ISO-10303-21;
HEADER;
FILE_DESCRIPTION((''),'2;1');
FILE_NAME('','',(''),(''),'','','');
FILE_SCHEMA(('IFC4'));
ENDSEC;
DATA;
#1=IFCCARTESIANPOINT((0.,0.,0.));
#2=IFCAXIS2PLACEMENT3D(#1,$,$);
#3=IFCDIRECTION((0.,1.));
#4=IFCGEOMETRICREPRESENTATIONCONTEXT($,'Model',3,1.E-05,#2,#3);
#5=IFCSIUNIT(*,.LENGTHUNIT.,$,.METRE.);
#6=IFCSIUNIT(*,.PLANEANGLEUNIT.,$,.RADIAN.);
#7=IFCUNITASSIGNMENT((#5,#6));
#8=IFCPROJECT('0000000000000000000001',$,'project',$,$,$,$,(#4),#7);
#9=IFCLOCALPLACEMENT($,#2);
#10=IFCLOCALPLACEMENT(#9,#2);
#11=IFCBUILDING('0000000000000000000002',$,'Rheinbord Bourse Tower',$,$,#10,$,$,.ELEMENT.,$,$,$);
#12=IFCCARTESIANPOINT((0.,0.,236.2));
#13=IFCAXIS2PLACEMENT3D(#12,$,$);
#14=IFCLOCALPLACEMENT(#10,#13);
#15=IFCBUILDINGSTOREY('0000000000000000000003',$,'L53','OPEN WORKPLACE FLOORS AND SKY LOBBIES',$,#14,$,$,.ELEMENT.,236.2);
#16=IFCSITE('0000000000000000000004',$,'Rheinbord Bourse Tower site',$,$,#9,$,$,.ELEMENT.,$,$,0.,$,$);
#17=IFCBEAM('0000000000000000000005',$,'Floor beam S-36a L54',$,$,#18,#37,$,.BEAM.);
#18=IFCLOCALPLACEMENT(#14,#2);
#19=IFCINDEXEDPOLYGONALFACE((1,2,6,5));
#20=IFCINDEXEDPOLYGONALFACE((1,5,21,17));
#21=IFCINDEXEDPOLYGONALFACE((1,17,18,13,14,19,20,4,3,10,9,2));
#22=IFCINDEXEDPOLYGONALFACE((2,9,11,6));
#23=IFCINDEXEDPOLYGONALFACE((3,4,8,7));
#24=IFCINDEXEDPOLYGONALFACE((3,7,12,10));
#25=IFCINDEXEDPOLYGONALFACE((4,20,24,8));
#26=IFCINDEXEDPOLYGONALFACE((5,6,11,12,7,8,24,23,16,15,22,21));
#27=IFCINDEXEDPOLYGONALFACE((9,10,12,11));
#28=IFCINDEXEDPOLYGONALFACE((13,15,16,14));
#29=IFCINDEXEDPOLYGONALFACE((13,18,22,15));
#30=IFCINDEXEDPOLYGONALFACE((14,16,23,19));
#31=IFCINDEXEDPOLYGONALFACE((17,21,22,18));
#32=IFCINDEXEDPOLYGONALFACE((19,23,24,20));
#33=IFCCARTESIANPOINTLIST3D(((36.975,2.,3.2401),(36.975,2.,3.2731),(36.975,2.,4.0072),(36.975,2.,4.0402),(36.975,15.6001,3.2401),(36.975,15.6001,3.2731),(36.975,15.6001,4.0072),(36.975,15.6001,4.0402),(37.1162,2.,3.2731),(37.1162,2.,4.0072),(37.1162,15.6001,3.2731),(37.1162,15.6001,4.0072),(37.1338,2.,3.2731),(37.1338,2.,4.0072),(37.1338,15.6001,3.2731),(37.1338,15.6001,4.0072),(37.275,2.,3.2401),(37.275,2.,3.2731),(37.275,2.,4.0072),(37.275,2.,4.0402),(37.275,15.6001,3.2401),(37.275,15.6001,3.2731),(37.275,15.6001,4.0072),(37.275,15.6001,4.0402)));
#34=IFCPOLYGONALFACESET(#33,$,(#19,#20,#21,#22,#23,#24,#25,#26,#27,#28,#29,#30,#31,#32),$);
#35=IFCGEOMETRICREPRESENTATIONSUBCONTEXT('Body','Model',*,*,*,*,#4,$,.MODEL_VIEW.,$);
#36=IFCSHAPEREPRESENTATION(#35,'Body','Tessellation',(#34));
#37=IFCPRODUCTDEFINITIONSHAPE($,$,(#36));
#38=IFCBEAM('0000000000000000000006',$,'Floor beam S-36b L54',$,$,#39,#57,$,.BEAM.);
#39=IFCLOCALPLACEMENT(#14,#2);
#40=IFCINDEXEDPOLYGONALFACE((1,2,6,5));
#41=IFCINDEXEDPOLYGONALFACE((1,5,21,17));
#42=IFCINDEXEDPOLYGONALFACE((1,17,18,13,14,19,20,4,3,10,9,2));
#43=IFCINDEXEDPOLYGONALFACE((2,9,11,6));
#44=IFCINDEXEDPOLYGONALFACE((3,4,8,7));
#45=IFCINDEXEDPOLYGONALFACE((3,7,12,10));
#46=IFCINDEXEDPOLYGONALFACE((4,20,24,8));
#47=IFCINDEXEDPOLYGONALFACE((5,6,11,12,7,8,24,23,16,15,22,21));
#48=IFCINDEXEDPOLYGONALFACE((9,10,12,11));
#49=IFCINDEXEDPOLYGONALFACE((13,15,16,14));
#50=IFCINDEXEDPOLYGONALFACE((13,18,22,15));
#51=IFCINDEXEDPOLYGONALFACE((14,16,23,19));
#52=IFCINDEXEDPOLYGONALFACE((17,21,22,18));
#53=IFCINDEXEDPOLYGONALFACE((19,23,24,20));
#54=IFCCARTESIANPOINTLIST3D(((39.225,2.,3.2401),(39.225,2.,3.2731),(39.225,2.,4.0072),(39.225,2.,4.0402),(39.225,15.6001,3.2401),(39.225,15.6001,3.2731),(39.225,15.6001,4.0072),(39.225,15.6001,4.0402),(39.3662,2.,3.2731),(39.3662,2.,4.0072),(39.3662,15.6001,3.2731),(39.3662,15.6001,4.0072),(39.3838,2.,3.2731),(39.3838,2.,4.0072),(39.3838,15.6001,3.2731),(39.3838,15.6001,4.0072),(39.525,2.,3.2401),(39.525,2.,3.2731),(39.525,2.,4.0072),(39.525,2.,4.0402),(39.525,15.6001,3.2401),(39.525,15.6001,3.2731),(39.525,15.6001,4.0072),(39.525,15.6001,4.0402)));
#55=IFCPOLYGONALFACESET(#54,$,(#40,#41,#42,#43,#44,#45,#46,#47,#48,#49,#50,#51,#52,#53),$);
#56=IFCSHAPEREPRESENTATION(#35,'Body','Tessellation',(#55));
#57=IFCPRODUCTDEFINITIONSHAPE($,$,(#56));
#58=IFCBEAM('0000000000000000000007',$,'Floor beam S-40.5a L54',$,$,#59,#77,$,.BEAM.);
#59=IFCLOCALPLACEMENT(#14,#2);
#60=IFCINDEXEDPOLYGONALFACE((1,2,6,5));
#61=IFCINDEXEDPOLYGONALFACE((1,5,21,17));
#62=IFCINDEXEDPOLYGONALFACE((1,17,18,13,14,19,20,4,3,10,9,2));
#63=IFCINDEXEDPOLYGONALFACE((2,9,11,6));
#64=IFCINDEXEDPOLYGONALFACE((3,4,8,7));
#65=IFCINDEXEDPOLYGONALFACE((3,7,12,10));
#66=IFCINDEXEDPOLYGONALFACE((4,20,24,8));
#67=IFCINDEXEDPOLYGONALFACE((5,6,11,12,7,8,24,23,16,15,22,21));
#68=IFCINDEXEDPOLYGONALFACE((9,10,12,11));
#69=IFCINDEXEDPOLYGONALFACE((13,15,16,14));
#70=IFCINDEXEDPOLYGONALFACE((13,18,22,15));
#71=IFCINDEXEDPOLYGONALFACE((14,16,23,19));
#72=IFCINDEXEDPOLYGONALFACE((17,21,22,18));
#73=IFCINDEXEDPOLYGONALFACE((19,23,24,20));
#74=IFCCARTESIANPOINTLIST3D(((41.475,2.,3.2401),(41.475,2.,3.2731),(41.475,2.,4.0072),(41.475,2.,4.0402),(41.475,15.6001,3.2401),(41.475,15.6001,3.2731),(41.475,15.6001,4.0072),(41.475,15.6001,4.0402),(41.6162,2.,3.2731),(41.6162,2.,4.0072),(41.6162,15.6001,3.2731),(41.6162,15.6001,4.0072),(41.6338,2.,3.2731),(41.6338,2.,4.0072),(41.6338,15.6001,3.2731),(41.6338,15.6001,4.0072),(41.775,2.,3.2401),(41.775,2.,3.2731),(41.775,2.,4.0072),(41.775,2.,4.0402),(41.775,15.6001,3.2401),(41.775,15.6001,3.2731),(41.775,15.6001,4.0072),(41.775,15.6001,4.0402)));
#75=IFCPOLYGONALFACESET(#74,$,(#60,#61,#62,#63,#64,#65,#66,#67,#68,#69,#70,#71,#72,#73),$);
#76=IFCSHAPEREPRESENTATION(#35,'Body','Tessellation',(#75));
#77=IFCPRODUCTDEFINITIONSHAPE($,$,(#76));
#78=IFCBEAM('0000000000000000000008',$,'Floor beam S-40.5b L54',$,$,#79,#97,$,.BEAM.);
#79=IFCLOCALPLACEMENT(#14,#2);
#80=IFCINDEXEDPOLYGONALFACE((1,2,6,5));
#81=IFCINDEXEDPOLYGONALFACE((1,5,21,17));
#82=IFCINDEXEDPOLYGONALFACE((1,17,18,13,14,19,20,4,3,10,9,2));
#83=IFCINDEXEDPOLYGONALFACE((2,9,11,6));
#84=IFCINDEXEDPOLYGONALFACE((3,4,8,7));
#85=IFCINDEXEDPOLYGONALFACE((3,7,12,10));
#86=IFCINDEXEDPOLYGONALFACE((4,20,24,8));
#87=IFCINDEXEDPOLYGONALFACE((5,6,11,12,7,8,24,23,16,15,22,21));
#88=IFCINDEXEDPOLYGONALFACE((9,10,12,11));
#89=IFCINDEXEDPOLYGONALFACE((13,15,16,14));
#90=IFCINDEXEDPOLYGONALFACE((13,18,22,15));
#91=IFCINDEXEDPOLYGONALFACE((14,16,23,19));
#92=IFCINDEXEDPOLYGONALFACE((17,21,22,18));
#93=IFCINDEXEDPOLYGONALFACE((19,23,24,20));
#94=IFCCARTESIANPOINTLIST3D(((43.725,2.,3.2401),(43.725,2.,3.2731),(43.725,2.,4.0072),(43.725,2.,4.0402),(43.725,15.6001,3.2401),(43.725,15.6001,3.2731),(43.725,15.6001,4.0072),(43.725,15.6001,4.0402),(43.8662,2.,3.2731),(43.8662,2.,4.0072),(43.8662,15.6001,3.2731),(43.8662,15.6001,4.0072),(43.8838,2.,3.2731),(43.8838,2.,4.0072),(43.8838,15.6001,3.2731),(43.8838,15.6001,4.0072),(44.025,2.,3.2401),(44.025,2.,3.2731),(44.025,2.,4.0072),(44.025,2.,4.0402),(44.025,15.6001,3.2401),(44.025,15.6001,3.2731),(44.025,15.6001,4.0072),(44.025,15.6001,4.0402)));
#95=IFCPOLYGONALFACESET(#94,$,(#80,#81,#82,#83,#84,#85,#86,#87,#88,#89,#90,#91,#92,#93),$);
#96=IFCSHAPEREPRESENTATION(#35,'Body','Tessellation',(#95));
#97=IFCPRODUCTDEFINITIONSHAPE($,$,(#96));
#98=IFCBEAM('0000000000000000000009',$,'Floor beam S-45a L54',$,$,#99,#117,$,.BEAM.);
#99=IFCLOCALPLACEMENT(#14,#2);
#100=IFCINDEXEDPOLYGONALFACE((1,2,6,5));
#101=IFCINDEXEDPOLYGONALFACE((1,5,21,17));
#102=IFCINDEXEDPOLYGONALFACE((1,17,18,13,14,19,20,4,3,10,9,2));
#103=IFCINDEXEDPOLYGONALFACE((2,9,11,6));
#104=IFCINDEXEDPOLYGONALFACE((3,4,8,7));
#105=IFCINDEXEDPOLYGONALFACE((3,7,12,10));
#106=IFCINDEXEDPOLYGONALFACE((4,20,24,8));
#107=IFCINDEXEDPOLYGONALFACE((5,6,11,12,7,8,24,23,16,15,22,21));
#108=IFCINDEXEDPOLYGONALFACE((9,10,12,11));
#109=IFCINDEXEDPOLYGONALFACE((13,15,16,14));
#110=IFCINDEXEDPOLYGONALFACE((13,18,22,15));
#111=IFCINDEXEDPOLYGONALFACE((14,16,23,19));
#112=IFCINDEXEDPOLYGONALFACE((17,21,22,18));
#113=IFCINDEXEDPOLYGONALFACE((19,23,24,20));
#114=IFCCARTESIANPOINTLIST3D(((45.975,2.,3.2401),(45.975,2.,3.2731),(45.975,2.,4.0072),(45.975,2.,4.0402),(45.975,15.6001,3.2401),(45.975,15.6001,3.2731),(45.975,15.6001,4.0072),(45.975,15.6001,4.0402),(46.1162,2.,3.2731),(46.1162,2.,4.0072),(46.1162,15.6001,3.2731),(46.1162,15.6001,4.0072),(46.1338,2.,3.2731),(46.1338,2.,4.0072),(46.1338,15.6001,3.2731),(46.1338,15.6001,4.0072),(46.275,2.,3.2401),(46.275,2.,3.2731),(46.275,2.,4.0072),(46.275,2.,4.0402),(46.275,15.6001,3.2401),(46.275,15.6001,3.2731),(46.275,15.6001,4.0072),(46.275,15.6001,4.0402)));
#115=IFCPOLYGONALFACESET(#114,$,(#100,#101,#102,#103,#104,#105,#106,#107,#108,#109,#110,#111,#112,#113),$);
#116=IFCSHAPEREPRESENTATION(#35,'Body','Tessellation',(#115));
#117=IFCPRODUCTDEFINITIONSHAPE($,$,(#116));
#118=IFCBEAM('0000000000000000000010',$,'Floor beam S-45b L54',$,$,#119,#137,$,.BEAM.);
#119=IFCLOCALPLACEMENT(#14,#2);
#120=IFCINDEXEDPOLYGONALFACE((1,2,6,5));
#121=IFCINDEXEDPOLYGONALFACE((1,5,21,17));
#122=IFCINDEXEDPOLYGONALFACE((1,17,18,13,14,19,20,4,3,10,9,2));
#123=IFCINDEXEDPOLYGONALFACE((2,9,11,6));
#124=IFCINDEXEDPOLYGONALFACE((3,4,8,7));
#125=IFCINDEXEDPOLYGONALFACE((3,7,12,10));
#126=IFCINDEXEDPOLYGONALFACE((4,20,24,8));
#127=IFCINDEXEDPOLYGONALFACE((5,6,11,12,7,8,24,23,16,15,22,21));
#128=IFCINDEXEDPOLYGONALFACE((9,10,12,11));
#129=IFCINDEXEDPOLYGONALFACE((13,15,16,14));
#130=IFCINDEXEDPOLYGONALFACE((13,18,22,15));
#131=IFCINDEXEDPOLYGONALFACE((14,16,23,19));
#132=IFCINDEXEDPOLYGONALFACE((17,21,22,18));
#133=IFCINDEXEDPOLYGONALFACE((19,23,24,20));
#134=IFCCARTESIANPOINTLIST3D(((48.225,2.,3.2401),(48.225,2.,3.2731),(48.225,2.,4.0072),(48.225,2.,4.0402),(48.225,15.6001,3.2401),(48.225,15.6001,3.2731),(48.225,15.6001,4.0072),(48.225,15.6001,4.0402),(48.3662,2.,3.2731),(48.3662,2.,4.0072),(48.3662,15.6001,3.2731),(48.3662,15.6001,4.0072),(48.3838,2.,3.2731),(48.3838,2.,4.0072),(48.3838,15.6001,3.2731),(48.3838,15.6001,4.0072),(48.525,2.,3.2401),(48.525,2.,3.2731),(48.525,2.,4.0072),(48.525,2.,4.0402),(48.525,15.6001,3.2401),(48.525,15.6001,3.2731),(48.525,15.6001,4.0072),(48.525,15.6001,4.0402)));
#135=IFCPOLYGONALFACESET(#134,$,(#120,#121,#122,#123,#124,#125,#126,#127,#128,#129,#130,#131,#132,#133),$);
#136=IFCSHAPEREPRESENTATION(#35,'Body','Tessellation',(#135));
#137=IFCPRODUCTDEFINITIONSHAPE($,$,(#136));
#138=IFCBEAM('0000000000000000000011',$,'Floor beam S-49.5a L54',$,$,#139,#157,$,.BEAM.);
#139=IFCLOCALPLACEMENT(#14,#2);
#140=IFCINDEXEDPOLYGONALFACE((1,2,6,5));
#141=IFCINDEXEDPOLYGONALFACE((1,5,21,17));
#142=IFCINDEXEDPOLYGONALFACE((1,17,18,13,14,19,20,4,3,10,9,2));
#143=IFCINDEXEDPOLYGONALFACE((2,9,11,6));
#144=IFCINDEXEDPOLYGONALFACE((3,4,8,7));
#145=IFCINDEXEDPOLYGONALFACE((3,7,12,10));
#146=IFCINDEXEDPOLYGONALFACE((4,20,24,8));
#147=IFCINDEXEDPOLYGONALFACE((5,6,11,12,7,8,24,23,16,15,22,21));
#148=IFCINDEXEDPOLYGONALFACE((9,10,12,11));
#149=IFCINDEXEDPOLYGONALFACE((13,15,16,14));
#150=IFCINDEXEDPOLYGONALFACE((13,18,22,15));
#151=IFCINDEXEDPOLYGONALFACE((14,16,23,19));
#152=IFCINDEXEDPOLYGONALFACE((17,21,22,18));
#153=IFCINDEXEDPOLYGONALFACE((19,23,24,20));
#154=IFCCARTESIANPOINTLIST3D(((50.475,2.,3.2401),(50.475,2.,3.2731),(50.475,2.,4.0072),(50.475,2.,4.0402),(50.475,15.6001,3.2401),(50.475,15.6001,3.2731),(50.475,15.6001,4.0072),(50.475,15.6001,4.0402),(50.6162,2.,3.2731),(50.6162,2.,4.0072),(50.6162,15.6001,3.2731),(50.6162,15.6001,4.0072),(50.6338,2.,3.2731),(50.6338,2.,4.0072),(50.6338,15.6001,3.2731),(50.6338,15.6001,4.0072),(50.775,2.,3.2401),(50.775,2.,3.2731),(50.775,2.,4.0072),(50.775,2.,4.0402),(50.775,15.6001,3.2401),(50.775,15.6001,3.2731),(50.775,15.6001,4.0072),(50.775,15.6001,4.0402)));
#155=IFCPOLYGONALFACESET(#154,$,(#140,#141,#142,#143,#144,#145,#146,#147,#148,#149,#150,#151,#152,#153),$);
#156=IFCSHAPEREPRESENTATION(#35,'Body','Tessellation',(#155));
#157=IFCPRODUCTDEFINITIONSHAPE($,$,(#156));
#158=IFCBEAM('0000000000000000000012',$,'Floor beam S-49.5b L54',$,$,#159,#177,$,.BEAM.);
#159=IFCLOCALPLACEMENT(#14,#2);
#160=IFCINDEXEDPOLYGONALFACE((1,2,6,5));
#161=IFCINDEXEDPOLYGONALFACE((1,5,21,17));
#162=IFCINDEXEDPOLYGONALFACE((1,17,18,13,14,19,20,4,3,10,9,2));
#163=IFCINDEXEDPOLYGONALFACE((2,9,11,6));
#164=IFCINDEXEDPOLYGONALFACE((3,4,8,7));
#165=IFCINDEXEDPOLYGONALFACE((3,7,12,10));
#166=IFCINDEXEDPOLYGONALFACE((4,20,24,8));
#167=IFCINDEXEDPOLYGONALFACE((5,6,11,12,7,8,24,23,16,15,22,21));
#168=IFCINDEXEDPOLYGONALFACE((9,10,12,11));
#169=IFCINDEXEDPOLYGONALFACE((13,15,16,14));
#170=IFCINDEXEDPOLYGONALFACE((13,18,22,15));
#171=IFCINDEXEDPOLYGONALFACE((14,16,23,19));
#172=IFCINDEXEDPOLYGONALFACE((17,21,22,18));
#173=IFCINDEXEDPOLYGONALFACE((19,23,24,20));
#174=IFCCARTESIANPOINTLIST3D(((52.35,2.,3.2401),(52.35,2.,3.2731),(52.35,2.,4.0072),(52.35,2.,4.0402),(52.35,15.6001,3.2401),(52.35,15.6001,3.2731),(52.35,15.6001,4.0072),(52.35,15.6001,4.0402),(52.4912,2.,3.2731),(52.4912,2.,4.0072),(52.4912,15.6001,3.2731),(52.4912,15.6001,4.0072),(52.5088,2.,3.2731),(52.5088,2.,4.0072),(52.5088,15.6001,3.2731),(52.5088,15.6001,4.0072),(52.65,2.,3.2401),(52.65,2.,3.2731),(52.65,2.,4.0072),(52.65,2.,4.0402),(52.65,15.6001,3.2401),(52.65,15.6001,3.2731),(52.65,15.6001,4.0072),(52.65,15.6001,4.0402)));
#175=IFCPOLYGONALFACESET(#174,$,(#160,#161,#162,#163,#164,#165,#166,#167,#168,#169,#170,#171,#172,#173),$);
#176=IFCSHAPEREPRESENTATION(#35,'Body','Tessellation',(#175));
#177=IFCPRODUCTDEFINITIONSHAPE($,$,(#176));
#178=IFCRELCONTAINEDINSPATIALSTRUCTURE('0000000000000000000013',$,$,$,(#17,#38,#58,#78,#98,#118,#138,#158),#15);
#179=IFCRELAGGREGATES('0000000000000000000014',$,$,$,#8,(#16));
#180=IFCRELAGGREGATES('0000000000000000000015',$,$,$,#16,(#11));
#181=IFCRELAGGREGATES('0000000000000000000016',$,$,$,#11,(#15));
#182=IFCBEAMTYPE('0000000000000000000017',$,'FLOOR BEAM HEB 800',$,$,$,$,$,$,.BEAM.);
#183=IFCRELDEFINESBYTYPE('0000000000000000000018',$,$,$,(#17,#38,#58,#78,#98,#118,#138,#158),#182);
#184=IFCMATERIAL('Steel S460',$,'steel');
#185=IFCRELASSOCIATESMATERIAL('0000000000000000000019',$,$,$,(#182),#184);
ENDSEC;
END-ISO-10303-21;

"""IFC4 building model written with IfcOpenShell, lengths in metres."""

from ifc_helpers import new_model, si_unit, direction, frame, origin, origin_2d, place, context, subcontext, project, spatial, i_section, extrude, material, material_profile, profile_set, type_object, element, save


model = new_model("IFC4")

# Units and contexts
model_context = context("Model", 3, precision=1e-05, world=origin(), true_north=direction((0.0, 1.0)))
body_context = subcontext(model_context, "Body", "Model", "MODEL_VIEW")
ifc_project = project(units=[si_unit("LENGTHUNIT", "METRE"), si_unit("PLANEANGLEUNIT", "RADIAN")], contexts=[model_context])

# Site, building, storey
site_placement = place(None, origin())
site = spatial("IfcSite", under=ifc_project, at=site_placement, Name="Rheinbord Bourse Tower site", CompositionType="ELEMENT", RefElevation=0.0)
building_placement = place(site_placement, origin())
building = spatial("IfcBuilding", under=site, at=building_placement, Name="Rheinbord Bourse Tower", CompositionType="ELEMENT")
storey_placement = place(building_placement, frame((0.0, 0.0, 236.2)))
storey = spatial("IfcBuildingStorey", under=building, at=storey_placement, Name="L53", Description="OPEN WORKPLACE FLOORS AND SKY LOBBIES", CompositionType="ELEMENT", Elevation=236.2)

# Beams
ifc_material_1 = material(Name="Steel S460", Category="steel")
ifc_material_profile_1 = material_profile(ifc_material_1, i_section(OverallWidth=0.3, OverallDepth=0.8, WebThickness=0.0176, FlangeThickness=0.033, at=origin_2d()), Name="HEB 800")
ifc_profile_set_1 = profile_set([ifc_material_profile_1], Name="Steel S460")
beam_type_1 = type_object("IfcBeamType", Name="FLOOR BEAM HEB 800", PredefinedType="BEAM", material=ifc_profile_set_1)
for number, where, z_axis, x_axis, name in (
    (1, (37.125, 2.0, 3.6401), (0.0, 1.0, 0.0), (-1.0, 0.0, 0.0), "Floor beam S-36a L54"),
    (2, (39.375, 2.0, 3.6401), (0.0, 1.0, 0.0), (-1.0, 0.0, 0.0), "Floor beam S-36b L54"),
    (3, (41.625, 2.0, 3.6401), (0.0, 1.0, 0.0), (-1.0, 0.0, 0.0), "Floor beam S-40.5a L54"),
    (4, (43.875, 2.0, 3.6401), (0.0, 1.0, 0.0), (-1.0, 0.0, 0.0), "Floor beam S-40.5b L54"),
    (5, (46.125, 2.0, 3.6401), (0.0, 1.0, 0.0), (-1.0, 0.0, 0.0), "Floor beam S-45a L54"),
    (6, (48.375, 2.0, 3.6401), (0.0, 1.0, 0.0), (-1.0, 0.0, 0.0), "Floor beam S-45b L54"),
    (7, (50.625, 2.0, 3.6401), (0.0, 1.0, 0.0), (-1.0, 0.0, 0.0), "Floor beam S-49.5a L54"),
    (8, (52.5, 2.0, 3.6401), (0.0, 1.0, 0.0), (-1.0, 0.0, 0.0), "Floor beam S-49.5b L54"),
):
    element("IfcBeam", number, at=place(storey_placement, frame(where, z_axis=z_axis, x_axis=x_axis)), inside=storey, type_object=beam_type_1, Name=name, PredefinedType="BEAM", context=body_context, shape_type="SweptSolid", body=[
        extrude(i_section(OverallWidth=0.3, OverallDepth=0.8, WebThickness=0.0176, FlangeThickness=0.033, at=origin_2d()), origin(), (0.0, 0.0, 1.0), 13.6001),
    ])

save(model, "model.ifc")
